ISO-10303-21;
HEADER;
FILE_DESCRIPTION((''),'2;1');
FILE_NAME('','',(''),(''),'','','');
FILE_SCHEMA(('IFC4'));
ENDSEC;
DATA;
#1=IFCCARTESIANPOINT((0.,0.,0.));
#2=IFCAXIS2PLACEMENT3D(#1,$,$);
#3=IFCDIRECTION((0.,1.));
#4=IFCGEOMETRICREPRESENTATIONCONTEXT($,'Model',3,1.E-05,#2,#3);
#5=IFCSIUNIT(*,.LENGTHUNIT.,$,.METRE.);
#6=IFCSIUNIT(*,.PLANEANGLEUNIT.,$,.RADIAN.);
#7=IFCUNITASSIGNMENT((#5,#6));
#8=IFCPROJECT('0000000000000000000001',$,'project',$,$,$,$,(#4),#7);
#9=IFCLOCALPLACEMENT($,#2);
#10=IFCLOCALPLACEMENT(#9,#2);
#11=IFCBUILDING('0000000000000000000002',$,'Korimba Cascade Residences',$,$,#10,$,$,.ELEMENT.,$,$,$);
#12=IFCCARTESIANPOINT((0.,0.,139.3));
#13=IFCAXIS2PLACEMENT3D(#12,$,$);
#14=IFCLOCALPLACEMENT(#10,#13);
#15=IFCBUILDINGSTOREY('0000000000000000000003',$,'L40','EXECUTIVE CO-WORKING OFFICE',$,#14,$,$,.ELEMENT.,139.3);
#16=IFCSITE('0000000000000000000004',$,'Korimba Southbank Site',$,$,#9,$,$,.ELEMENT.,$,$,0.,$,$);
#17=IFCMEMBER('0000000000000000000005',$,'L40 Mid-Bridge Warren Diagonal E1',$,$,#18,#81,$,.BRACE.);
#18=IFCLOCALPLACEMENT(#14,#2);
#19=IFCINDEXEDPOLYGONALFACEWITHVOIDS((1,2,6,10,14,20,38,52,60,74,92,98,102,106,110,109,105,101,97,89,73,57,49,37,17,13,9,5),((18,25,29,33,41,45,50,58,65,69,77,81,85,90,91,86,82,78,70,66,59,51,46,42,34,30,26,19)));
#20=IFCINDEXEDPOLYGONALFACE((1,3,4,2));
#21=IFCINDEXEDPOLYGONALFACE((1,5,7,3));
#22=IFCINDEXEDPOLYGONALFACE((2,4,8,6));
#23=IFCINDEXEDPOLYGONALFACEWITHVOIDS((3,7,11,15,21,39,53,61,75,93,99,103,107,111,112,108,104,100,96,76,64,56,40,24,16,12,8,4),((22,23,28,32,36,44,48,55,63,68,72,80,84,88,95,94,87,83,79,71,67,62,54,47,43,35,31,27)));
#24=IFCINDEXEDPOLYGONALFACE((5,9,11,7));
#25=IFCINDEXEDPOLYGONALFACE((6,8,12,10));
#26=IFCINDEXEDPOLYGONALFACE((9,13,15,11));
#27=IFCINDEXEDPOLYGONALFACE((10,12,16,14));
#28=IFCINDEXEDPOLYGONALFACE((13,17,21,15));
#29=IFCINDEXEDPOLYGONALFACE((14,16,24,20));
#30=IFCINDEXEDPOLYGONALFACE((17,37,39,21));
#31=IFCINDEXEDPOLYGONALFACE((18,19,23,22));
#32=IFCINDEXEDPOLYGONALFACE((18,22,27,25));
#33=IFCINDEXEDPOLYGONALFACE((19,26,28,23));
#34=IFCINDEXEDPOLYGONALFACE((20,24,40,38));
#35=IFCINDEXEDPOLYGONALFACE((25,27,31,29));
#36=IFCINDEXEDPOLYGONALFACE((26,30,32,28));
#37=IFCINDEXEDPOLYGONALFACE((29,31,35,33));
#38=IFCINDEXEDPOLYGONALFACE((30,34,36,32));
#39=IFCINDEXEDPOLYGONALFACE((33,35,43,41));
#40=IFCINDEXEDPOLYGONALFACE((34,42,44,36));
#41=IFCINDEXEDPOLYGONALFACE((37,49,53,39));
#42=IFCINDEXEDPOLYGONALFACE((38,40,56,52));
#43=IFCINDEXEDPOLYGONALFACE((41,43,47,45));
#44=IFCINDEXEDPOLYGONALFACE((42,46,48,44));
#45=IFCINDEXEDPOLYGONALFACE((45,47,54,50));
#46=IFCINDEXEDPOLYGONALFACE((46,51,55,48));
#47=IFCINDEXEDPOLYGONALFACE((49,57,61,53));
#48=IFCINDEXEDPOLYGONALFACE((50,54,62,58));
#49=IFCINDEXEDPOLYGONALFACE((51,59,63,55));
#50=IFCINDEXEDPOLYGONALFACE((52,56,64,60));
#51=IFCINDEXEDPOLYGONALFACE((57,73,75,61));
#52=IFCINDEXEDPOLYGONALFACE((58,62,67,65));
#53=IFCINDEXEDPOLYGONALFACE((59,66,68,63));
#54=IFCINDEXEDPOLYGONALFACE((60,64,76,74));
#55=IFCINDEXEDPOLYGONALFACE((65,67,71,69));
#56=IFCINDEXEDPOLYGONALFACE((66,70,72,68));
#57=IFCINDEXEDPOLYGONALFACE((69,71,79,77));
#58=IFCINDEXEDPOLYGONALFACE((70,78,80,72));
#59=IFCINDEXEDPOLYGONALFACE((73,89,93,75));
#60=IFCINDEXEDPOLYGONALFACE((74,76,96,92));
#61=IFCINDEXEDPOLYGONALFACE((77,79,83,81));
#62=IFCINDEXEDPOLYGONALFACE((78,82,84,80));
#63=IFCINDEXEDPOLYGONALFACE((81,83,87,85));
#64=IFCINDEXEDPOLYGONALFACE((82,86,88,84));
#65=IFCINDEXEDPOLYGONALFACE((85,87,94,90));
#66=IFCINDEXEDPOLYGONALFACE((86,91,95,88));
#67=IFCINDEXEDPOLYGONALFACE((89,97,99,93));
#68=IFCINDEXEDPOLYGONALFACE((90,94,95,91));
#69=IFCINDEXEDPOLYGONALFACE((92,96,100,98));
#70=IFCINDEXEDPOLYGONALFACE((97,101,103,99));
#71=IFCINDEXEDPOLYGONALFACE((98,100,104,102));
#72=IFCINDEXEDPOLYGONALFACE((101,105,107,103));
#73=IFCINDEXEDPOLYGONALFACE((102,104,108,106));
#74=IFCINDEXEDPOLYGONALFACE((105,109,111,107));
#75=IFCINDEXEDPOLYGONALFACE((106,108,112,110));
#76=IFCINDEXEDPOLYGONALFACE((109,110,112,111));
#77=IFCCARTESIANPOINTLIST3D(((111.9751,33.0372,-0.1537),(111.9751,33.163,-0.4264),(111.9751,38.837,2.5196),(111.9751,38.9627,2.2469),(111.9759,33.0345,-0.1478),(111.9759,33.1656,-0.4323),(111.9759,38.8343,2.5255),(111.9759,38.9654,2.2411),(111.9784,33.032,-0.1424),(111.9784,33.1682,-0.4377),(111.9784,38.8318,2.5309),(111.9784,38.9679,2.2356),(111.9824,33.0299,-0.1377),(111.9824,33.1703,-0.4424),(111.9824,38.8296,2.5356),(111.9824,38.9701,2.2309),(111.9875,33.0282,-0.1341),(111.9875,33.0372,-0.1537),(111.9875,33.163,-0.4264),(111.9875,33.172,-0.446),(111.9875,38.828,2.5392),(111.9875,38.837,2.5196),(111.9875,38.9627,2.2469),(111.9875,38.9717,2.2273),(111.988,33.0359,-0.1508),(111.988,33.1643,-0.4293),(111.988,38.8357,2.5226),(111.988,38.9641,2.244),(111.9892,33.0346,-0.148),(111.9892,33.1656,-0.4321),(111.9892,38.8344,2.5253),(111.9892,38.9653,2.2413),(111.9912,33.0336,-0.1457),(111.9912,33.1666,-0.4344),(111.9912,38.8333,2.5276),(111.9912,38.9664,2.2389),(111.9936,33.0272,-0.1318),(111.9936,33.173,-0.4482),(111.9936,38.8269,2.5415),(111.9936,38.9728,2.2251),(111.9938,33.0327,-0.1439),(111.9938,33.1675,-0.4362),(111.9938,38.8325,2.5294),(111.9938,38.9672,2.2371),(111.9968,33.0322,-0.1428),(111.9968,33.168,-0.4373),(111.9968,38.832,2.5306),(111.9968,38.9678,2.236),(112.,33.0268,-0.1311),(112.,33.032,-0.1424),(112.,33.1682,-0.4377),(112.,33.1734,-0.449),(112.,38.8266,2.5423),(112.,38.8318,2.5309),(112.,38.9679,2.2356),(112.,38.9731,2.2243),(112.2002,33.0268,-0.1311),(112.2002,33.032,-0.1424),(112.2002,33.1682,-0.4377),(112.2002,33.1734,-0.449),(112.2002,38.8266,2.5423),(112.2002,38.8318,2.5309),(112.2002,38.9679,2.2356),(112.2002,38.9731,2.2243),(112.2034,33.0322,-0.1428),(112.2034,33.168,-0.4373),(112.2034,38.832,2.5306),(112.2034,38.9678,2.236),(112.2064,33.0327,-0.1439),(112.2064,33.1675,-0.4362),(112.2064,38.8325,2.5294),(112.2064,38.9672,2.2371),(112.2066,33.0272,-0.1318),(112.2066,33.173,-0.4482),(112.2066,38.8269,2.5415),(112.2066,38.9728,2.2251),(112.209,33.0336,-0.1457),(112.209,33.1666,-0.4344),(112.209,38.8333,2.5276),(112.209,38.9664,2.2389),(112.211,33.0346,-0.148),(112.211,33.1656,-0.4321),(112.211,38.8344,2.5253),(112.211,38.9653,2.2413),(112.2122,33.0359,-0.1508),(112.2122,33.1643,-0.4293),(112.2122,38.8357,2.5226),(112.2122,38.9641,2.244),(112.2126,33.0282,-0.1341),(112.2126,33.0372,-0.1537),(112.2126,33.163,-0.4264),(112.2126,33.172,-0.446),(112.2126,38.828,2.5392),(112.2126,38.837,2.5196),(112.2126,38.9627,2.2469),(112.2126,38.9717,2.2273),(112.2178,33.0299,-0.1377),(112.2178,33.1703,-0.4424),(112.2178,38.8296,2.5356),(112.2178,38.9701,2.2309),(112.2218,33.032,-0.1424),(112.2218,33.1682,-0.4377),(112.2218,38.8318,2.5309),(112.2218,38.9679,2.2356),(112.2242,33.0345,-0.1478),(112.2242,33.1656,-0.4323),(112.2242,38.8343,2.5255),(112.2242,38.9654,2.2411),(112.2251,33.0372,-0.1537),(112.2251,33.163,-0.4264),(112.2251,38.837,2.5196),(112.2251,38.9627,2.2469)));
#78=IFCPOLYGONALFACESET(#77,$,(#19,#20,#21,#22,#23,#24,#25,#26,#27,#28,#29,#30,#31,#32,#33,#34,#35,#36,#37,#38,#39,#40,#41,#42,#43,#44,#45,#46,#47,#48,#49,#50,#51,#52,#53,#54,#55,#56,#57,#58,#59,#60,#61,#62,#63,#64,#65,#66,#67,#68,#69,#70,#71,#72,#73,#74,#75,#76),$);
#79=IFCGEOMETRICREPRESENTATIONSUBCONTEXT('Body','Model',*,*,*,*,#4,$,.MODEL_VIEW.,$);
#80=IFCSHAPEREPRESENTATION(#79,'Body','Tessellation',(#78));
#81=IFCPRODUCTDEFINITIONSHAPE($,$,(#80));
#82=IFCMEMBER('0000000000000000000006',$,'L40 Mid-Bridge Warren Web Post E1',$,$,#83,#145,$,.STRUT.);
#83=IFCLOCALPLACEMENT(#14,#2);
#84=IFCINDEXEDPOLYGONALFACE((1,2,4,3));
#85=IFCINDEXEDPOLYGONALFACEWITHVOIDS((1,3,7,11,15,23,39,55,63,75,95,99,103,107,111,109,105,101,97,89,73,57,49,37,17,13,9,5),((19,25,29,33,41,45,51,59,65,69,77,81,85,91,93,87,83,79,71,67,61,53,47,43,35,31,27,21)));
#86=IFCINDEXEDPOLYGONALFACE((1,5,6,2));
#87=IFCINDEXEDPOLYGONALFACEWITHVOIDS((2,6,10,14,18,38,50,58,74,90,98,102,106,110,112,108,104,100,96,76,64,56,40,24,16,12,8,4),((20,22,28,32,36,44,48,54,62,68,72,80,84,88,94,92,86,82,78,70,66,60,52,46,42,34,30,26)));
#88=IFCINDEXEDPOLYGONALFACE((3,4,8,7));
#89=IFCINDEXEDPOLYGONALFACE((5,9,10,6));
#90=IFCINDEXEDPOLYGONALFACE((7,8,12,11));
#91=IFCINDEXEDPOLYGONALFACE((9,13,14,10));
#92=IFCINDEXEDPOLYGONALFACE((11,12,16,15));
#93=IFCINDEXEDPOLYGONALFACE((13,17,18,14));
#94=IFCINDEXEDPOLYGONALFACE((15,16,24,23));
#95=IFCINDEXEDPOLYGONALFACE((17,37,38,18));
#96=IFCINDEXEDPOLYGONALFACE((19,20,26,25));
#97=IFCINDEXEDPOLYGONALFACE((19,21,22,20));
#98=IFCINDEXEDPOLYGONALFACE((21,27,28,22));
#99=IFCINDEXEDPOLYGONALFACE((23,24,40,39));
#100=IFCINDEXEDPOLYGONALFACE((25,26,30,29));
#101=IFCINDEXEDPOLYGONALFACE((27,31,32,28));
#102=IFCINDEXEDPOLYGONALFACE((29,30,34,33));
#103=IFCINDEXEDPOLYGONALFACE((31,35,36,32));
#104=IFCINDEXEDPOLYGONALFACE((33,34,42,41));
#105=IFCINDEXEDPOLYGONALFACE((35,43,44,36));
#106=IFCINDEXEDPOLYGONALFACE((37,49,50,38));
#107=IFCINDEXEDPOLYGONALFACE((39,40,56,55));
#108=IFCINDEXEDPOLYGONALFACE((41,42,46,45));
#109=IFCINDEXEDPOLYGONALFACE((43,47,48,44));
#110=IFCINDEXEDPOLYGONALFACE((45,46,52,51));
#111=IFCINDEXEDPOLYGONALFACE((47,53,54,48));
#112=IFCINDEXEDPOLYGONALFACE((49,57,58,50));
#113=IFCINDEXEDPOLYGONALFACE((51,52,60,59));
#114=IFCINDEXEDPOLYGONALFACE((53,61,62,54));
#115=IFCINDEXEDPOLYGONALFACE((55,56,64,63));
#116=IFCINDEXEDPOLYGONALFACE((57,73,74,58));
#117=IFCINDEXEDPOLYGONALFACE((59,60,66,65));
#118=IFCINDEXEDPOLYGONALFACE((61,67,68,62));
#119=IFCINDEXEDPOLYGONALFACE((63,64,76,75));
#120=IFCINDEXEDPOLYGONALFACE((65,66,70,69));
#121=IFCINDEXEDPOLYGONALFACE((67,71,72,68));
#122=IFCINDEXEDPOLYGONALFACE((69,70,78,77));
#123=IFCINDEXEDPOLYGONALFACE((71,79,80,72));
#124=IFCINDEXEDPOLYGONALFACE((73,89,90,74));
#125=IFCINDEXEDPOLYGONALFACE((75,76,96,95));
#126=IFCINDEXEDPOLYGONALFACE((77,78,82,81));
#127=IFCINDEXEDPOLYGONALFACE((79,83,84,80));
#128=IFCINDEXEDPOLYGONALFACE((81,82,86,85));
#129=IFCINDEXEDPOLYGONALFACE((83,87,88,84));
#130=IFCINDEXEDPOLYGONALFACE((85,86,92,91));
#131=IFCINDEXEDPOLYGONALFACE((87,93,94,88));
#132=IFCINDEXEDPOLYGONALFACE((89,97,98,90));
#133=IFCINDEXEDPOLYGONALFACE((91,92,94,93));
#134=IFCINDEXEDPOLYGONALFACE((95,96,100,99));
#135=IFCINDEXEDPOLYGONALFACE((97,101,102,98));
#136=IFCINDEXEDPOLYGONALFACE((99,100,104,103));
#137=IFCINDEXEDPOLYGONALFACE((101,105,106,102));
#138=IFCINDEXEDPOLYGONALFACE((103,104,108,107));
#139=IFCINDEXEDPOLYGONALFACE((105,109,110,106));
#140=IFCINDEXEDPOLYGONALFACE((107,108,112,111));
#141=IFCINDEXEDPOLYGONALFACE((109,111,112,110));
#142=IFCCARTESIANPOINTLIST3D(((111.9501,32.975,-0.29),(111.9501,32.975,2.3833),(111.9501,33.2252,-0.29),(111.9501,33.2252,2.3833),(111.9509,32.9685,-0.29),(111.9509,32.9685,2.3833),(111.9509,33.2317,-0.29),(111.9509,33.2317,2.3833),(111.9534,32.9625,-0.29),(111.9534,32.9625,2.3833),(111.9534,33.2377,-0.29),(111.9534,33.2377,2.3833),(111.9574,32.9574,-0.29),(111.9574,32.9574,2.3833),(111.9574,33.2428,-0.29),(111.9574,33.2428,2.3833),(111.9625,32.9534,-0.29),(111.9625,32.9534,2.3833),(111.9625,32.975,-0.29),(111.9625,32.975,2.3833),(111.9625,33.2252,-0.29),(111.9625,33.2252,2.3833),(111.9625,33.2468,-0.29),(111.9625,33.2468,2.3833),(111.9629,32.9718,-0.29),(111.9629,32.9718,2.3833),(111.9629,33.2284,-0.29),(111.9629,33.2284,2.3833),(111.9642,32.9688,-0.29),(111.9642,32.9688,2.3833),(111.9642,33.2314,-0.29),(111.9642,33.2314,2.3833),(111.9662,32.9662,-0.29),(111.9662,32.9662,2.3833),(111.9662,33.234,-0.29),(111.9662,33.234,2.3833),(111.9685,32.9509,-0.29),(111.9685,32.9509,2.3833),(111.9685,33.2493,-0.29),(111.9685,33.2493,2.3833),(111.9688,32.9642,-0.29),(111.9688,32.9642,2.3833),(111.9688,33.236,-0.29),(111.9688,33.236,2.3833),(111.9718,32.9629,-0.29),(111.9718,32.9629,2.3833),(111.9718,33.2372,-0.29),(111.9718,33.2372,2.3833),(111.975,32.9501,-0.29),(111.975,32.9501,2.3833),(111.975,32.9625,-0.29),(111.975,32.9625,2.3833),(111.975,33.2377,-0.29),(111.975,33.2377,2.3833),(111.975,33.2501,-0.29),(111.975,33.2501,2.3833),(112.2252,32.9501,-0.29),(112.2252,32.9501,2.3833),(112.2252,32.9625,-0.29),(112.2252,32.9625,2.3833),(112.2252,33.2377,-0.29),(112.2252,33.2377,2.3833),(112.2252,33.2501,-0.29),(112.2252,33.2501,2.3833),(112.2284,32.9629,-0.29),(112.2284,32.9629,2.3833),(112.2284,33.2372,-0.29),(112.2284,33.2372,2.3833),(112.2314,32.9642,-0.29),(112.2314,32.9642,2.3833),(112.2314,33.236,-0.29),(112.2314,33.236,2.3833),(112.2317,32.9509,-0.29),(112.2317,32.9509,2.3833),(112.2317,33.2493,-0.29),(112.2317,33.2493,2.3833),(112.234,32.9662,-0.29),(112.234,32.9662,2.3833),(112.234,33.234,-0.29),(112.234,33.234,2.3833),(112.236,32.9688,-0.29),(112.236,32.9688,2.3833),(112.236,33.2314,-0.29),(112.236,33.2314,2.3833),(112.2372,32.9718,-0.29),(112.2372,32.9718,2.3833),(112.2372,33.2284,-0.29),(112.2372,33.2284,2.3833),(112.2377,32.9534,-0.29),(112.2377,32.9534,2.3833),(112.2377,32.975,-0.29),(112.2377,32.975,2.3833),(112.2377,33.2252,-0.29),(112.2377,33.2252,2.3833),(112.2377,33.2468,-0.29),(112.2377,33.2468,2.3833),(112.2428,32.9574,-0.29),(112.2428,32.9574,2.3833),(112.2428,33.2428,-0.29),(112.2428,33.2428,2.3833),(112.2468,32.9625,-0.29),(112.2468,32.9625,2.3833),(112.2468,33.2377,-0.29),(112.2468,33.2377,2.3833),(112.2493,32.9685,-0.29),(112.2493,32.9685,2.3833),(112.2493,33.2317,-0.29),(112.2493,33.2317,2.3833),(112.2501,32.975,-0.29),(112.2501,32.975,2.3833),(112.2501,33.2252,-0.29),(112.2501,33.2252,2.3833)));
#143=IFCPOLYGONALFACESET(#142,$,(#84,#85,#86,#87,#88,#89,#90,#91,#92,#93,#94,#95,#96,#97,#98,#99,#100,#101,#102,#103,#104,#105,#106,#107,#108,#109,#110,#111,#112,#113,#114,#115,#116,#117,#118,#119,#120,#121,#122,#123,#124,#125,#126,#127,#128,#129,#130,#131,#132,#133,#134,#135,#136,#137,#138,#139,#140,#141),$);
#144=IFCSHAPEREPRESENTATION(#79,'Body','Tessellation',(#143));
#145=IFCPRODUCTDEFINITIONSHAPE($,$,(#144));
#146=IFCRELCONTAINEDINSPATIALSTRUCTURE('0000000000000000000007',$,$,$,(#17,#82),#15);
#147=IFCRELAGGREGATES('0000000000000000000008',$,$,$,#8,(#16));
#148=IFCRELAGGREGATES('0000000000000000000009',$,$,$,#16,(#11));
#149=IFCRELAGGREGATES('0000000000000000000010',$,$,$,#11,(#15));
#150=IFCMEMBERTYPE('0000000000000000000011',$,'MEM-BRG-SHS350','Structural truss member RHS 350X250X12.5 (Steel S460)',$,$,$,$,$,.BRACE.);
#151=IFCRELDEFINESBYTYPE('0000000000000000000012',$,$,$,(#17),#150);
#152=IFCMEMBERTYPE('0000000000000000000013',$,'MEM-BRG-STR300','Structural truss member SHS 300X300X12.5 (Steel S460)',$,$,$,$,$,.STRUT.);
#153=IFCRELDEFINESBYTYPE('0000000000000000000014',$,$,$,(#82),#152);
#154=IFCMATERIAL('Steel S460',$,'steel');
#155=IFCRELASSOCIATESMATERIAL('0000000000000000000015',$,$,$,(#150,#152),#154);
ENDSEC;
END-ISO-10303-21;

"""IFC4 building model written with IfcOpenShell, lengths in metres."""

from ifc_helpers import new_model, si_unit, direction, frame, origin, origin_2d, place, context, subcontext, project, spatial, hollow_rectangle, extrude, material, material_profile, profile_set, type_object, element, save


model = new_model("IFC4")

# Units and contexts
model_context = context("Model", 3, precision=1e-05, world=origin(), true_north=direction((0.0, 1.0)))
body_context = subcontext(model_context, "Body", "Model", "MODEL_VIEW")
ifc_project = project(units=[si_unit("LENGTHUNIT", "METRE"), si_unit("PLANEANGLEUNIT", "RADIAN")], contexts=[model_context])

# Site, building, storey
site_placement = place(None, origin())
site = spatial("IfcSite", under=ifc_project, at=site_placement, Name="Korimba Southbank Site", CompositionType="ELEMENT", RefElevation=0.0)
building_placement = place(site_placement, origin())
building = spatial("IfcBuilding", under=site, at=building_placement, Name="Korimba Cascade Residences", CompositionType="ELEMENT")
storey_placement = place(building_placement, frame((0.0, 0.0, 139.3)))
storey = spatial("IfcBuildingStorey", under=building, at=storey_placement, Name="L40", Description="EXECUTIVE CO-WORKING OFFICE", CompositionType="ELEMENT", Elevation=139.3)

# Members
ifc_material_1 = material(Name="Steel S460", Category="steel")
ifc_material_profile_1 = material_profile(ifc_material_1, hollow_rectangle(XDim=0.25, YDim=0.3501, WallThickness=0.0125, InnerFilletRadius=0.0125, OuterFilletRadius=0.0249, at=origin_2d()), Name="Steel S460")
ifc_profile_set_1 = profile_set([ifc_material_profile_1], Name="Steel S460")
member_type_1 = type_object("IfcMemberType", Name="MEM-BRG-SHS350", Description="Structural truss member RHS 350X250X12.5 (Steel S460)", PredefinedType="BRACE", material=ifc_profile_set_1)
member_1_placement = place(storey_placement, frame((112.1001, 33.1001, -0.29), z_axis=(0.0, 0.908167, 0.418607), x_axis=(-1.0, 0.0, 0.0)))
element("IfcMember", 1, at=member_1_placement, inside=storey, type_object=member_type_1, Name="L40 Mid-Bridge Warren Diagonal E1", PredefinedType="BRACE", context=body_context, shape_type="SweptSolid", body=[
    extrude(hollow_rectangle(XDim=0.25, YDim=0.3501, WallThickness=0.0125, InnerFilletRadius=0.0125, OuterFilletRadius=0.0249, at=origin_2d()), origin(), (0.0, 0.0, 1.0), 6.3862),
])
ifc_material_profile_2 = material_profile(ifc_material_1, hollow_rectangle(XDim=0.3, YDim=0.3, WallThickness=0.0125, InnerFilletRadius=0.0125, OuterFilletRadius=0.0249, at=origin_2d()), Name="Steel S460")
ifc_profile_set_2 = profile_set([ifc_material_profile_2], Name="Steel S460")
member_type_2 = type_object("IfcMemberType", Name="MEM-BRG-STR300", Description="Structural truss member SHS 300X300X12.5 (Steel S460)", PredefinedType="STRUT", material=ifc_profile_set_2)
for number, where, z_axis, x_axis, name in (
    (2, (112.1001, 33.1001, -0.29), (0.0, 0.0, 1.0), (1.0, 0.0, 0.0), "L40 Mid-Bridge Warren Web Post E1"),
):
    element("IfcMember", number, at=place(storey_placement, frame(where, z_axis=z_axis, x_axis=x_axis)), inside=storey, type_object=member_type_2, Name=name, PredefinedType="STRUT", context=body_context, shape_type="SweptSolid", body=[
        extrude(hollow_rectangle(XDim=0.3, YDim=0.3, WallThickness=0.0125, InnerFilletRadius=0.0125, OuterFilletRadius=0.0249, at=origin_2d()), origin(), (0.0, 0.0, 1.0), 2.6733),
    ])

save(model, "model.ifc")
